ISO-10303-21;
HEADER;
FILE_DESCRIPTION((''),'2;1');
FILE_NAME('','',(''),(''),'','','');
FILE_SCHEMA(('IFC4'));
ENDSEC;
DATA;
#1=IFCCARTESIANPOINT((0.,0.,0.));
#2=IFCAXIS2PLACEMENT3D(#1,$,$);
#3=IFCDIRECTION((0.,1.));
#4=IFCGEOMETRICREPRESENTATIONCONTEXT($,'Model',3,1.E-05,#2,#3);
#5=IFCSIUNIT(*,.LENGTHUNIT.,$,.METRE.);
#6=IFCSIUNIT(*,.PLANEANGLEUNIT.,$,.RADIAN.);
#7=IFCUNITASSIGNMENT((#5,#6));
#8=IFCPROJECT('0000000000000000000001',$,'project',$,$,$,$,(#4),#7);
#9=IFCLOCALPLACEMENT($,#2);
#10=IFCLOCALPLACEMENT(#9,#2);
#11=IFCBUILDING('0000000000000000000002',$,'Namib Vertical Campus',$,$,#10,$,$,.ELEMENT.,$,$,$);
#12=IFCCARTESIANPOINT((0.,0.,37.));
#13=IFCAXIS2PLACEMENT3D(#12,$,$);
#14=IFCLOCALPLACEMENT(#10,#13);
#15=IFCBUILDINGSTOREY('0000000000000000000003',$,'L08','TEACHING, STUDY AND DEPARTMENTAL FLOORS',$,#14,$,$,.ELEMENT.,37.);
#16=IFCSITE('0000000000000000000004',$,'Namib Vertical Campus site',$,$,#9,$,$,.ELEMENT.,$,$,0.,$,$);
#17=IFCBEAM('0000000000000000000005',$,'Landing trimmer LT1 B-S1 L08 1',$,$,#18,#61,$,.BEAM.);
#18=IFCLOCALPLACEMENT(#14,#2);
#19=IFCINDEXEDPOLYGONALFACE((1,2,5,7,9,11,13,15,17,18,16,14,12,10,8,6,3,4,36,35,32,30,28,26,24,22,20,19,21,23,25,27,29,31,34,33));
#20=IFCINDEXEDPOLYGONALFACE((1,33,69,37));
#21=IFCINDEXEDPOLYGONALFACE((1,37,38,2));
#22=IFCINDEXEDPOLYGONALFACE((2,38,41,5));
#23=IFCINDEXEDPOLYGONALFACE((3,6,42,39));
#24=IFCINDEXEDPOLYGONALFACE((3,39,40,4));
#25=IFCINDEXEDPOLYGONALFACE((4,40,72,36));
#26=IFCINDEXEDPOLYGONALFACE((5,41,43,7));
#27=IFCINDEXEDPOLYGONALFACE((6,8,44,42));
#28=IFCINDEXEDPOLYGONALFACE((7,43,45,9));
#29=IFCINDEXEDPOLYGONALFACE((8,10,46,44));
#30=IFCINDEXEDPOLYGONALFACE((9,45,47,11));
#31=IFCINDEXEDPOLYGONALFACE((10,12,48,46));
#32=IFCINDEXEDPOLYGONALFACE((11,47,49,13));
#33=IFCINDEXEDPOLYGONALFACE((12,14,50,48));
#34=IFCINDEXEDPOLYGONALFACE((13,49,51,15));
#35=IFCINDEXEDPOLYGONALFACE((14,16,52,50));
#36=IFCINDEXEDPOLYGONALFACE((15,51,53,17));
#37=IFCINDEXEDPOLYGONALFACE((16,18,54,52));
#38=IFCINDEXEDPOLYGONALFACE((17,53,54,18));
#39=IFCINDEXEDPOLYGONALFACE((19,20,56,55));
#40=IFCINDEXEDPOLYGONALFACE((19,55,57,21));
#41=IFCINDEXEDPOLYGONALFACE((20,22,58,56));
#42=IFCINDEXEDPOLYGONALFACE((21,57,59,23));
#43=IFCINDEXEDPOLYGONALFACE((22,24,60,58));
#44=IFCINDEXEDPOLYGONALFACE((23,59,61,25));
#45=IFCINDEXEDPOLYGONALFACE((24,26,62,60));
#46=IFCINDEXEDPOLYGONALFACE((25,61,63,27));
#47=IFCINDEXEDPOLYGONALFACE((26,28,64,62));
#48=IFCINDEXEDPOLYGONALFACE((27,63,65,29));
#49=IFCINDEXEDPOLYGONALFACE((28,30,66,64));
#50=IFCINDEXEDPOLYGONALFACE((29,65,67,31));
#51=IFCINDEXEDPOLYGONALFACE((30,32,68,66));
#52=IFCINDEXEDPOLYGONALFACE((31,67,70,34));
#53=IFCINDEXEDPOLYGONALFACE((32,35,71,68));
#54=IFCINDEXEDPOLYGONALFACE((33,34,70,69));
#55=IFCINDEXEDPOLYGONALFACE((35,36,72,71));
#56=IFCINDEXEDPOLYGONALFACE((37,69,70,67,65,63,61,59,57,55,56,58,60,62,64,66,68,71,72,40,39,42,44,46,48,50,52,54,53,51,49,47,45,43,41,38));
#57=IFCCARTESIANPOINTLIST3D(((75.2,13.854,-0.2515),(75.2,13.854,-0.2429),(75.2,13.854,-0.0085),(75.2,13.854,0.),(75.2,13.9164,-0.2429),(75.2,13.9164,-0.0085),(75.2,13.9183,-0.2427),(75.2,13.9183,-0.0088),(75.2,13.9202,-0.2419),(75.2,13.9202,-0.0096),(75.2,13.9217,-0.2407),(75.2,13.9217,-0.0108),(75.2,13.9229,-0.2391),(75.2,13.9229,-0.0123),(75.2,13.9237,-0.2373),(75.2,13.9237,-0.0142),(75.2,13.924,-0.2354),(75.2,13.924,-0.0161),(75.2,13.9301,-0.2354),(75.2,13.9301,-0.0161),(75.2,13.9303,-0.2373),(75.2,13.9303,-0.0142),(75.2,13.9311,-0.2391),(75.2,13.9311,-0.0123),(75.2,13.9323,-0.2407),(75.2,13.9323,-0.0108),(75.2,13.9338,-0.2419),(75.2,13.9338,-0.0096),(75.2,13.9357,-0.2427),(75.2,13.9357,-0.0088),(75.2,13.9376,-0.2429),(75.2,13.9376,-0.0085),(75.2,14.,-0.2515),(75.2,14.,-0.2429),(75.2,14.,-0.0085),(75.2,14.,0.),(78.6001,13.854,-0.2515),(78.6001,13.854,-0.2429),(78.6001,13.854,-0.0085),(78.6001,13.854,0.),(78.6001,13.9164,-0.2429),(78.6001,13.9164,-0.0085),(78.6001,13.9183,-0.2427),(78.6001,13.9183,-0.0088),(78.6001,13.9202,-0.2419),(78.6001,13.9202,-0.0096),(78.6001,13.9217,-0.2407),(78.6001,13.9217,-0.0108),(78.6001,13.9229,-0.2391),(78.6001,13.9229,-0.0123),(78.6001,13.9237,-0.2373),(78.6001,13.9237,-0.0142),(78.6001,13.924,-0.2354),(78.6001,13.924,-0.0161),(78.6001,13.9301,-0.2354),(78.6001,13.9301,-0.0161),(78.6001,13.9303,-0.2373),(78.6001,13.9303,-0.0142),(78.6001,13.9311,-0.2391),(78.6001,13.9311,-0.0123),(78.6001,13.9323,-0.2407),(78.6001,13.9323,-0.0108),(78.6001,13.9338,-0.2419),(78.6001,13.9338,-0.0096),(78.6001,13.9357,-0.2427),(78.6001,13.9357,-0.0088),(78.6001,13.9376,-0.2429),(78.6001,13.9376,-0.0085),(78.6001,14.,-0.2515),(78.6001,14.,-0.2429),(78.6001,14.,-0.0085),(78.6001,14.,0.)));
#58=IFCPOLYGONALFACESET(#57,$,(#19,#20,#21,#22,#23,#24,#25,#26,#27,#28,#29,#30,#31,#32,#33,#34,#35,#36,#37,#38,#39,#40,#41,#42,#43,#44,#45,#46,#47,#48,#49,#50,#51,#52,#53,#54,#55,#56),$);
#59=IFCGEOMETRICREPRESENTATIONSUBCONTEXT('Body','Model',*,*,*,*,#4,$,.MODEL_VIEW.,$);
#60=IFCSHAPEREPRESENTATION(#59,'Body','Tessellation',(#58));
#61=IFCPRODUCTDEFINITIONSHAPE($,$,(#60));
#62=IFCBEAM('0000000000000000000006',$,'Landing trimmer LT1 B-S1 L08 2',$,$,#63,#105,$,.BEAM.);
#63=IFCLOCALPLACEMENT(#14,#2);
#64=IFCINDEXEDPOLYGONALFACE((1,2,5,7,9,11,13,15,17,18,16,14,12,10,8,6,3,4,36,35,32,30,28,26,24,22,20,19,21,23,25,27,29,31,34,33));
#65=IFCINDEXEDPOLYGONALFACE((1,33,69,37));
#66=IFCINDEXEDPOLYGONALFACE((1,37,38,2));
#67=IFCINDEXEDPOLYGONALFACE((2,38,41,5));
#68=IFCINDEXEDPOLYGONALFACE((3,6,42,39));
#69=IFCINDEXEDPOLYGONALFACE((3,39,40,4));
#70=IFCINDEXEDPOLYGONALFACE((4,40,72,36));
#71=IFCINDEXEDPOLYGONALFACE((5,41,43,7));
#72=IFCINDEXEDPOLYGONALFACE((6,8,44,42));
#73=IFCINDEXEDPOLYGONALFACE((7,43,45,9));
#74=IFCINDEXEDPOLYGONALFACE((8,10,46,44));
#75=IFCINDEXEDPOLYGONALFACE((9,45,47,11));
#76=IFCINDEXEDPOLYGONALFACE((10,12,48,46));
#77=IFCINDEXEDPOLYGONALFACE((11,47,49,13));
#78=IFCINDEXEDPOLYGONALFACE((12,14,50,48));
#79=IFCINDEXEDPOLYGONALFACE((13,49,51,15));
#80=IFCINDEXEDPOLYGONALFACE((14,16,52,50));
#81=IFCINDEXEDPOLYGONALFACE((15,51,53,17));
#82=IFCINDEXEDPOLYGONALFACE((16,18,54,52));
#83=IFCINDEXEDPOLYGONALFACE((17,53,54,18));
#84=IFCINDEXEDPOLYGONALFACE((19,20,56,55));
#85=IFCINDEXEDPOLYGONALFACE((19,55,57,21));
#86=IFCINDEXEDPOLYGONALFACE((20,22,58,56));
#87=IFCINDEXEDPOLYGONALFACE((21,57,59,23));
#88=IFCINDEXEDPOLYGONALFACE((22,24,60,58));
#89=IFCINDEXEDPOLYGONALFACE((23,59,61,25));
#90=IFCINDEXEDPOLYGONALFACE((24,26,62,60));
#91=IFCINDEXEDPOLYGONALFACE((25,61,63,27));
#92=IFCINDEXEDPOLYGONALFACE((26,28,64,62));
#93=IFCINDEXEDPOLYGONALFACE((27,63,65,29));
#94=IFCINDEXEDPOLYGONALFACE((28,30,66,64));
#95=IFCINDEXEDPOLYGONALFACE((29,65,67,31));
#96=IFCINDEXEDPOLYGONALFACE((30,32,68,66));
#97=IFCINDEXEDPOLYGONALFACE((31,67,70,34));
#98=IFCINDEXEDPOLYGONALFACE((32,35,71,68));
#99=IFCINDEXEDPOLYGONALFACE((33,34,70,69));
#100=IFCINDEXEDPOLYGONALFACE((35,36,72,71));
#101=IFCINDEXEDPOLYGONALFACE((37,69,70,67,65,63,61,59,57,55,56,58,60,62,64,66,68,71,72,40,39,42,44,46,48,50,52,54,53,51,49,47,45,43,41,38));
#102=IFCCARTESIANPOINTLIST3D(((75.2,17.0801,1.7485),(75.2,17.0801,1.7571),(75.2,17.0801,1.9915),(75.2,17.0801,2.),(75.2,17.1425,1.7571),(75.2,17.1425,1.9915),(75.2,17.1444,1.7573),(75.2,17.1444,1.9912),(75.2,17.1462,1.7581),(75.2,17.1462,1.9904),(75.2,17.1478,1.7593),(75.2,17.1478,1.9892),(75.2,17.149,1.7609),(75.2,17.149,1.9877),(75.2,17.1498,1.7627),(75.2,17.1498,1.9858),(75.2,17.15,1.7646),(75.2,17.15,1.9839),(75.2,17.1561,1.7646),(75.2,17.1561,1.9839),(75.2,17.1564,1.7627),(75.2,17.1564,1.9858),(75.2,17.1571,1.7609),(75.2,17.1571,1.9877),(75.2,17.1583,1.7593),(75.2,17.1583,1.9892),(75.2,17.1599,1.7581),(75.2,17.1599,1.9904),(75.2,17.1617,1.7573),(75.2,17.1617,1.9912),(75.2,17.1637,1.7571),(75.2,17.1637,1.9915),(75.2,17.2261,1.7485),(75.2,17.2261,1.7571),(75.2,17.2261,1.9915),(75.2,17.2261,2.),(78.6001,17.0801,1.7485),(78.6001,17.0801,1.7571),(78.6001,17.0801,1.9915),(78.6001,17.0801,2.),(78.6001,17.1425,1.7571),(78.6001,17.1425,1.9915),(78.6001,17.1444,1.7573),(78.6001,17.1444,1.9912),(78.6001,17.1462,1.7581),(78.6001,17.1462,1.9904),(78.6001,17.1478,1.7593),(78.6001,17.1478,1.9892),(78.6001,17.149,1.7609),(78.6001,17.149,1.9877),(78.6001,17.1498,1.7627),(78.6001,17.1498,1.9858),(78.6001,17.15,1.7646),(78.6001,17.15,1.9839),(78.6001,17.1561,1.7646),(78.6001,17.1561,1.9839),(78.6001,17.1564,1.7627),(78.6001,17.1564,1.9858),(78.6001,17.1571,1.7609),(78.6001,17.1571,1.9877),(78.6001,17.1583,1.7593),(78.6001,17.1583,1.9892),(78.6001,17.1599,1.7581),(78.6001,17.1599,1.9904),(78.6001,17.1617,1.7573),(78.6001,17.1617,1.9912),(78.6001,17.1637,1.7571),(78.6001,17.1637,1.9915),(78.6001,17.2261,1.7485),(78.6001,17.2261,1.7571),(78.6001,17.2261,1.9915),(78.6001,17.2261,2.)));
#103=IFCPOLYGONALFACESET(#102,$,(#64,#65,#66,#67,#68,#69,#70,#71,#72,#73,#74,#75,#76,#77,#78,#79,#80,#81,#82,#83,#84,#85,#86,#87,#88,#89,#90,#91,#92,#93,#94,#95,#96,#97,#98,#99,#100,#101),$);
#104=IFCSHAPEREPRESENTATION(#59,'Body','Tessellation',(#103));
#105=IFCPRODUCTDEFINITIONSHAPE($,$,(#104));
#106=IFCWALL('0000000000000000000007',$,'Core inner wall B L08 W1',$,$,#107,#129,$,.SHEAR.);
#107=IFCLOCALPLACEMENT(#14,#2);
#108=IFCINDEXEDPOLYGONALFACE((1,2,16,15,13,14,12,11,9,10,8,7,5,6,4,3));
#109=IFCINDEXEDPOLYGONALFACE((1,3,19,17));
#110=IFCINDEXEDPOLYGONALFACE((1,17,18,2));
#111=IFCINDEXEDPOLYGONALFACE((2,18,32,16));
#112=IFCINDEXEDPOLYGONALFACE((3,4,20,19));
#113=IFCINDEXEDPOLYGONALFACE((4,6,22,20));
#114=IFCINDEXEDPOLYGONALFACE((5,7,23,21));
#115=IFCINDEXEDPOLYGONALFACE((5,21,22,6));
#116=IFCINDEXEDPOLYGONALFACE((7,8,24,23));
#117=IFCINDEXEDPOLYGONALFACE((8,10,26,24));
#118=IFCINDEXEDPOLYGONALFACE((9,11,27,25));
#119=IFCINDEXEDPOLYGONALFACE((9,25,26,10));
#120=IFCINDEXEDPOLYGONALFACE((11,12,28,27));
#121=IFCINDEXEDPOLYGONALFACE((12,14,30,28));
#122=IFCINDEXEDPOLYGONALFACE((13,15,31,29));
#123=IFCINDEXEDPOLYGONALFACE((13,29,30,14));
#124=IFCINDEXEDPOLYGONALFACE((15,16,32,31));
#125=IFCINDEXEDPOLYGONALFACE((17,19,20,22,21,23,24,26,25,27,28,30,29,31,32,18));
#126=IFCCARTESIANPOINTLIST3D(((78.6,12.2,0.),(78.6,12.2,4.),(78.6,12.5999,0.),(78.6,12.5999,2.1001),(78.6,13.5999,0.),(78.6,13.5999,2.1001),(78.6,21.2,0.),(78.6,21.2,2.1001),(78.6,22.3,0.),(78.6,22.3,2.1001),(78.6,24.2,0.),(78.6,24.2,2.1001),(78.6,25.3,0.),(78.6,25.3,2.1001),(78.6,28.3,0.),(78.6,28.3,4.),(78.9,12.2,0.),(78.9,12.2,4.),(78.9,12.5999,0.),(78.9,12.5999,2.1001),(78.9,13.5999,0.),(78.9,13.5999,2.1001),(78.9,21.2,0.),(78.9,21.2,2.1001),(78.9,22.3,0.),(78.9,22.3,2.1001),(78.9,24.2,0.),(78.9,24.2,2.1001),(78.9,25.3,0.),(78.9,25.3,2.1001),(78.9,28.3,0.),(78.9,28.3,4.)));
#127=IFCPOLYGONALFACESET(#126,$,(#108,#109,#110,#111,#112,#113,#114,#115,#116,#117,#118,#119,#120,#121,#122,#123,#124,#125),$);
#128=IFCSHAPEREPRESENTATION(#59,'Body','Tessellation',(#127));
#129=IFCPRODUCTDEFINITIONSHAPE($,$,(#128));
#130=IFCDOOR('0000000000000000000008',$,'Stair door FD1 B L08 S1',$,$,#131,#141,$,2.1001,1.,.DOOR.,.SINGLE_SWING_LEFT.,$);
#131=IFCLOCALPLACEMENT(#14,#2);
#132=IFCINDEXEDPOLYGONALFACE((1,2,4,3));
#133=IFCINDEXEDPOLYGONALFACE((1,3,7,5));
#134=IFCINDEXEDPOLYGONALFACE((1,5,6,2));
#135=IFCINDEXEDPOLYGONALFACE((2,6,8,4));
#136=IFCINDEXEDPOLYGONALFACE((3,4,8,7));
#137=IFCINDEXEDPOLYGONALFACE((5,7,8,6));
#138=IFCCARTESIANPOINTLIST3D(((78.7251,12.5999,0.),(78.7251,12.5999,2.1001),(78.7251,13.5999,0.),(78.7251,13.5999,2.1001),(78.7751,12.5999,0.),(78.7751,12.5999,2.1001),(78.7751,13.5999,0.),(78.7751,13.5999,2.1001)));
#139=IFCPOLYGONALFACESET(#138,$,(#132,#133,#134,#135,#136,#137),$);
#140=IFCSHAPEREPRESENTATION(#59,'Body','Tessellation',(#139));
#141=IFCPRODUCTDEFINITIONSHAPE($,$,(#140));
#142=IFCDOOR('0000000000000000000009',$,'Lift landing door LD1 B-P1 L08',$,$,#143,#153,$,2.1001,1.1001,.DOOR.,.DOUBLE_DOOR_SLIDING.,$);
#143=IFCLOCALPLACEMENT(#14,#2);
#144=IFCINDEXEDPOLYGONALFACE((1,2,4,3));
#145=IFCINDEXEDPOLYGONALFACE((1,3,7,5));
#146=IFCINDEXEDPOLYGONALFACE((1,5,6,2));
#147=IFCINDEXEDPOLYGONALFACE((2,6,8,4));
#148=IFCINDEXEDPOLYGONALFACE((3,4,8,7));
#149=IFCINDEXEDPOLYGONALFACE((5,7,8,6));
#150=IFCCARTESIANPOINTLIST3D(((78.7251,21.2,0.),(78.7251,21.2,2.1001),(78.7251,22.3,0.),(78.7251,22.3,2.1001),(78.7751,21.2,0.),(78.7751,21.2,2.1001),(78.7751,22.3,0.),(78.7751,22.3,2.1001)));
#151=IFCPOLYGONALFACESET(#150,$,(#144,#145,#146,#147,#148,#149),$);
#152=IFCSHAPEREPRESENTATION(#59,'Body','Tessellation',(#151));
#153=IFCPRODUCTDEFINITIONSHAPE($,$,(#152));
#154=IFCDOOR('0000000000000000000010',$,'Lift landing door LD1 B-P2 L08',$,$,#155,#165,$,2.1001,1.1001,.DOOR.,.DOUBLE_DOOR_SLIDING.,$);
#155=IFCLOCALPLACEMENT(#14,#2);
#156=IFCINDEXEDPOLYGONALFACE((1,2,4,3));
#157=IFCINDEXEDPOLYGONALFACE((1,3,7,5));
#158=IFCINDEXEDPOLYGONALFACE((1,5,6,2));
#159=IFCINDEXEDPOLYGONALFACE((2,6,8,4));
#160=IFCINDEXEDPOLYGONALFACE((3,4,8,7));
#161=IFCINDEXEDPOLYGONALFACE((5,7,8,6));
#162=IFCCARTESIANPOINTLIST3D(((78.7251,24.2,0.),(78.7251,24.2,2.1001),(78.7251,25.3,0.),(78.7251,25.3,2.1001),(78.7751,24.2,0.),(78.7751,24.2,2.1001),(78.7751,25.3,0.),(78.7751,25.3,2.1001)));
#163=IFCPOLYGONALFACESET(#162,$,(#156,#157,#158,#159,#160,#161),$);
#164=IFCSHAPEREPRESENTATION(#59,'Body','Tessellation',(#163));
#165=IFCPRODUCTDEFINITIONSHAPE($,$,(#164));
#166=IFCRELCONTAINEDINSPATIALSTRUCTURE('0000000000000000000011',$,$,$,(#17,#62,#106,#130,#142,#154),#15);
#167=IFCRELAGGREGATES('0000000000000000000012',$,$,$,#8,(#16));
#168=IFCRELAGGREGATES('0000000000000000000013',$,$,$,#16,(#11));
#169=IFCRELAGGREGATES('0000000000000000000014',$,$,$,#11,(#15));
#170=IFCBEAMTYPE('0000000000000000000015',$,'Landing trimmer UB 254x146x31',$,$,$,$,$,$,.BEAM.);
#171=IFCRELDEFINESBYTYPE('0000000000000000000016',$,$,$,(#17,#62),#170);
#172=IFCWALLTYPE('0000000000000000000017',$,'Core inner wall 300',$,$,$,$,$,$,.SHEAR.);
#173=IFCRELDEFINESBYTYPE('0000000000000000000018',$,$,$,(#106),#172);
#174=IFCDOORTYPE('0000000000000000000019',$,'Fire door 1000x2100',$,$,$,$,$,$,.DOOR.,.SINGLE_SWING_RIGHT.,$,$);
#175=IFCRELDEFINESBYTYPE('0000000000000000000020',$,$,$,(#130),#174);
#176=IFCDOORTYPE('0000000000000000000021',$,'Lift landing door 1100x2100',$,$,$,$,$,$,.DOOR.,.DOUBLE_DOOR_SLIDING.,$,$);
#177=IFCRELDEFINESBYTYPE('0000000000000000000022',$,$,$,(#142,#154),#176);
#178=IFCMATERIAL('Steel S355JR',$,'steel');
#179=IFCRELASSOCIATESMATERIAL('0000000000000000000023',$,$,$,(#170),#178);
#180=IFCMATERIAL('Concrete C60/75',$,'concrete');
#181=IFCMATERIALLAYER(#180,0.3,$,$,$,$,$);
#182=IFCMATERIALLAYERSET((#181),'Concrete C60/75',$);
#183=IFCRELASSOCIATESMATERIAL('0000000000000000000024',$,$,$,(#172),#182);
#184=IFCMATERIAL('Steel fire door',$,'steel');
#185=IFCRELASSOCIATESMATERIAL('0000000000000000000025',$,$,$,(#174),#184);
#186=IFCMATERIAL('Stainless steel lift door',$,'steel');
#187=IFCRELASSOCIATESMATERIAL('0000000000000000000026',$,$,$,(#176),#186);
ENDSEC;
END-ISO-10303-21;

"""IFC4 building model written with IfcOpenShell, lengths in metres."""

from ifc_helpers import new_model, si_unit, direction, frame, frame_2d, origin, origin_2d, place, context, subcontext, project, spatial, rectangle, i_section, extrude, material, layer, layer_set, material_profile, profile_set, type_object, element, fill, save


model = new_model("IFC4")

# Units and contexts
model_context = context("Model", 3, precision=1e-05, world=origin(), true_north=direction((0.0, 1.0)))
body_context = subcontext(model_context, "Body", "Model", "MODEL_VIEW")
ifc_project = project(units=[si_unit("LENGTHUNIT", "METRE"), si_unit("PLANEANGLEUNIT", "RADIAN")], contexts=[model_context])

# Site, building, storey
site_placement = place(None, origin())
site = spatial("IfcSite", under=ifc_project, at=site_placement, Name="Namib Vertical Campus site", CompositionType="ELEMENT", RefElevation=0.0)
building_placement = place(site_placement, origin())
building = spatial("IfcBuilding", under=site, at=building_placement, Name="Namib Vertical Campus", CompositionType="ELEMENT")
storey_placement = place(building_placement, frame((0.0, 0.0, 37.0)))
storey = spatial("IfcBuildingStorey", under=building, at=storey_placement, Name="L08", Description="TEACHING, STUDY AND DEPARTMENTAL FLOORS", CompositionType="ELEMENT", Elevation=37.0)

# Beams
ifc_material_1 = material(Name="Steel S355JR", Category="steel")
ifc_material_profile = material_profile(ifc_material_1, i_section(OverallWidth=0.146, OverallDepth=0.2515, WebThickness=0.0061, FlangeThickness=0.0085, FilletRadius=0.0076, at=origin_2d()))
ifc_profile_set = profile_set([ifc_material_profile], Name="Steel S355JR")
beam_type = type_object("IfcBeamType", Name="Landing trimmer UB 254x146x31", PredefinedType="BEAM", material=ifc_profile_set)
for number, where, z_axis, x_axis, name in (
    (1, (75.2, 13.927, -0.1257), (1.0, 0.0, 0.0), (0.0, 1.0, 0.0), "Landing trimmer LT1 B-S1 L08 1"),
    (2, (75.2, 17.1531, 1.8743), (1.0, 0.0, 0.0), (0.0, 1.0, 0.0), "Landing trimmer LT1 B-S1 L08 2"),
):
    element("IfcBeam", number, at=place(storey_placement, frame(where, z_axis=z_axis, x_axis=x_axis)), inside=storey, type_object=beam_type, Name=name, PredefinedType="BEAM", context=body_context, shape_type="SweptSolid", body=[
        extrude(i_section(OverallWidth=0.146, OverallDepth=0.2515, WebThickness=0.0061, FlangeThickness=0.0085, FilletRadius=0.0076, at=origin_2d()), origin(), (0.0, 0.0, 1.0), 3.4001),
    ])

# Wall, openings, doors
ifc_material_2 = material(Name="Concrete C60/75", Category="concrete")
ifc_layer = layer(ifc_material_2, 0.3)
ifc_layer_set = layer_set([ifc_layer], Name="Concrete C60/75")
wall_type = type_object("IfcWallType", Name="Core inner wall 300", PredefinedType="SHEAR", material=ifc_layer_set)
wall_1_placement = place(storey_placement, frame((78.75, 12.2, 0.0), z_axis=(0.0, 0.0, 1.0), x_axis=(0.0, 1.0, 0.0)))
wall_1 = element("IfcWall", 3, at=wall_1_placement, inside=storey, type_object=wall_type, Name="Core inner wall B L08 W1", PredefinedType="SHEAR", context=body_context, shape_type="SweptSolid", body=[
    extrude(rectangle(XDim=16.1001, YDim=0.3, at=frame_2d((8.05, 0.0))), origin(), (0.0, 0.0, 1.0), 4.0),
])
opening_1_placement = place(wall_1_placement, frame((0.3999, 0.0, 0.0)))
opening_1 = element("IfcOpeningElement", 4, at=opening_1_placement, cuts=wall_1, PredefinedType="OPENING", context=body_context, shape_type="SweptSolid", body=[
    extrude(rectangle(XDim=1.0, YDim=2.1001, at=frame_2d((0.5, 1.05))), frame((0.0, 0.1599, 0.0), z_axis=(0.0, -1.0, 0.0), x_axis=(1.0, 0.0, 0.0)), (0.0, 0.0, 1.0), 0.3201),
])
opening_2_placement = place(wall_1_placement, frame((9.0, 0.0, 0.0)))
opening_2 = element("IfcOpeningElement", 5, at=opening_2_placement, cuts=wall_1, PredefinedType="OPENING", context=body_context, shape_type="SweptSolid", body=[
    extrude(rectangle(XDim=1.1001, YDim=2.1001, at=frame_2d((0.55, 1.05))), frame((0.0, 0.1599, 0.0), z_axis=(0.0, -1.0, 0.0), x_axis=(1.0, 0.0, 0.0)), (0.0, 0.0, 1.0), 0.3201),
])
opening_3_placement = place(wall_1_placement, frame((12.0, 0.0, 0.0)))
opening_3 = element("IfcOpeningElement", 6, at=opening_3_placement, cuts=wall_1, PredefinedType="OPENING", context=body_context, shape_type="SweptSolid", body=[
    extrude(rectangle(XDim=1.1001, YDim=2.1001, at=frame_2d((0.55, 1.05))), frame((0.0, 0.1599, 0.0), z_axis=(0.0, -1.0, 0.0), x_axis=(1.0, 0.0, 0.0)), (0.0, 0.0, 1.0), 0.3201),
])
ifc_material_3 = material(Name="Steel fire door", Category="steel")
door_type_1 = type_object("IfcDoorType", Name="Fire door 1000x2100", OperationType="SINGLE_SWING_RIGHT", PredefinedType="DOOR", material=ifc_material_3)
door_1_placement = place(opening_1_placement, origin())
door_1 = element("IfcDoor", 7, at=door_1_placement, inside=storey, type_object=door_type_1, Name="Stair door FD1 B L08 S1", OperationType="SINGLE_SWING_LEFT", OverallHeight=2.1001, OverallWidth=1.0, PredefinedType="DOOR", context=body_context, shape_type="SweptSolid", body=[
    extrude(rectangle(XDim=1.0, YDim=2.1001, at=frame_2d((0.5, 1.05))), frame((0.0, 0.0249, 0.0), z_axis=(0.0, -1.0, 0.0), x_axis=(1.0, 0.0, 0.0)), (0.0, 0.0, 1.0), 0.05),
])
fill(opening_1, door_1)
ifc_material_4 = material(Name="Stainless steel lift door", Category="steel")
door_type_2 = type_object("IfcDoorType", Name="Lift landing door 1100x2100", OperationType="DOUBLE_DOOR_SLIDING", PredefinedType="DOOR", material=ifc_material_4)
door_2_placement = place(opening_2_placement, origin())
door_2 = element("IfcDoor", 8, at=door_2_placement, inside=storey, type_object=door_type_2, Name="Lift landing door LD1 B-P1 L08", OperationType="DOUBLE_DOOR_SLIDING", OverallHeight=2.1001, OverallWidth=1.1001, PredefinedType="DOOR", context=body_context, shape_type="SweptSolid", body=[
    extrude(rectangle(XDim=1.1001, YDim=2.1001, at=frame_2d((0.55, 1.05))), frame((0.0, 0.0249, 0.0), z_axis=(0.0, -1.0, 0.0), x_axis=(1.0, 0.0, 0.0)), (0.0, 0.0, 1.0), 0.05),
])
fill(opening_2, door_2)
door_3_placement = place(opening_3_placement, origin())
door_3 = element("IfcDoor", 9, at=door_3_placement, inside=storey, type_object=door_type_2, Name="Lift landing door LD1 B-P2 L08", OperationType="DOUBLE_DOOR_SLIDING", OverallHeight=2.1001, OverallWidth=1.1001, PredefinedType="DOOR", context=body_context, shape_type="SweptSolid", body=[
    extrude(rectangle(XDim=1.1001, YDim=2.1001, at=frame_2d((0.55, 1.05))), frame((0.0, 0.0249, 0.0), z_axis=(0.0, -1.0, 0.0), x_axis=(1.0, 0.0, 0.0)), (0.0, 0.0, 1.0), 0.05),
])
fill(opening_3, door_3)

save(model, "model.ifc")
